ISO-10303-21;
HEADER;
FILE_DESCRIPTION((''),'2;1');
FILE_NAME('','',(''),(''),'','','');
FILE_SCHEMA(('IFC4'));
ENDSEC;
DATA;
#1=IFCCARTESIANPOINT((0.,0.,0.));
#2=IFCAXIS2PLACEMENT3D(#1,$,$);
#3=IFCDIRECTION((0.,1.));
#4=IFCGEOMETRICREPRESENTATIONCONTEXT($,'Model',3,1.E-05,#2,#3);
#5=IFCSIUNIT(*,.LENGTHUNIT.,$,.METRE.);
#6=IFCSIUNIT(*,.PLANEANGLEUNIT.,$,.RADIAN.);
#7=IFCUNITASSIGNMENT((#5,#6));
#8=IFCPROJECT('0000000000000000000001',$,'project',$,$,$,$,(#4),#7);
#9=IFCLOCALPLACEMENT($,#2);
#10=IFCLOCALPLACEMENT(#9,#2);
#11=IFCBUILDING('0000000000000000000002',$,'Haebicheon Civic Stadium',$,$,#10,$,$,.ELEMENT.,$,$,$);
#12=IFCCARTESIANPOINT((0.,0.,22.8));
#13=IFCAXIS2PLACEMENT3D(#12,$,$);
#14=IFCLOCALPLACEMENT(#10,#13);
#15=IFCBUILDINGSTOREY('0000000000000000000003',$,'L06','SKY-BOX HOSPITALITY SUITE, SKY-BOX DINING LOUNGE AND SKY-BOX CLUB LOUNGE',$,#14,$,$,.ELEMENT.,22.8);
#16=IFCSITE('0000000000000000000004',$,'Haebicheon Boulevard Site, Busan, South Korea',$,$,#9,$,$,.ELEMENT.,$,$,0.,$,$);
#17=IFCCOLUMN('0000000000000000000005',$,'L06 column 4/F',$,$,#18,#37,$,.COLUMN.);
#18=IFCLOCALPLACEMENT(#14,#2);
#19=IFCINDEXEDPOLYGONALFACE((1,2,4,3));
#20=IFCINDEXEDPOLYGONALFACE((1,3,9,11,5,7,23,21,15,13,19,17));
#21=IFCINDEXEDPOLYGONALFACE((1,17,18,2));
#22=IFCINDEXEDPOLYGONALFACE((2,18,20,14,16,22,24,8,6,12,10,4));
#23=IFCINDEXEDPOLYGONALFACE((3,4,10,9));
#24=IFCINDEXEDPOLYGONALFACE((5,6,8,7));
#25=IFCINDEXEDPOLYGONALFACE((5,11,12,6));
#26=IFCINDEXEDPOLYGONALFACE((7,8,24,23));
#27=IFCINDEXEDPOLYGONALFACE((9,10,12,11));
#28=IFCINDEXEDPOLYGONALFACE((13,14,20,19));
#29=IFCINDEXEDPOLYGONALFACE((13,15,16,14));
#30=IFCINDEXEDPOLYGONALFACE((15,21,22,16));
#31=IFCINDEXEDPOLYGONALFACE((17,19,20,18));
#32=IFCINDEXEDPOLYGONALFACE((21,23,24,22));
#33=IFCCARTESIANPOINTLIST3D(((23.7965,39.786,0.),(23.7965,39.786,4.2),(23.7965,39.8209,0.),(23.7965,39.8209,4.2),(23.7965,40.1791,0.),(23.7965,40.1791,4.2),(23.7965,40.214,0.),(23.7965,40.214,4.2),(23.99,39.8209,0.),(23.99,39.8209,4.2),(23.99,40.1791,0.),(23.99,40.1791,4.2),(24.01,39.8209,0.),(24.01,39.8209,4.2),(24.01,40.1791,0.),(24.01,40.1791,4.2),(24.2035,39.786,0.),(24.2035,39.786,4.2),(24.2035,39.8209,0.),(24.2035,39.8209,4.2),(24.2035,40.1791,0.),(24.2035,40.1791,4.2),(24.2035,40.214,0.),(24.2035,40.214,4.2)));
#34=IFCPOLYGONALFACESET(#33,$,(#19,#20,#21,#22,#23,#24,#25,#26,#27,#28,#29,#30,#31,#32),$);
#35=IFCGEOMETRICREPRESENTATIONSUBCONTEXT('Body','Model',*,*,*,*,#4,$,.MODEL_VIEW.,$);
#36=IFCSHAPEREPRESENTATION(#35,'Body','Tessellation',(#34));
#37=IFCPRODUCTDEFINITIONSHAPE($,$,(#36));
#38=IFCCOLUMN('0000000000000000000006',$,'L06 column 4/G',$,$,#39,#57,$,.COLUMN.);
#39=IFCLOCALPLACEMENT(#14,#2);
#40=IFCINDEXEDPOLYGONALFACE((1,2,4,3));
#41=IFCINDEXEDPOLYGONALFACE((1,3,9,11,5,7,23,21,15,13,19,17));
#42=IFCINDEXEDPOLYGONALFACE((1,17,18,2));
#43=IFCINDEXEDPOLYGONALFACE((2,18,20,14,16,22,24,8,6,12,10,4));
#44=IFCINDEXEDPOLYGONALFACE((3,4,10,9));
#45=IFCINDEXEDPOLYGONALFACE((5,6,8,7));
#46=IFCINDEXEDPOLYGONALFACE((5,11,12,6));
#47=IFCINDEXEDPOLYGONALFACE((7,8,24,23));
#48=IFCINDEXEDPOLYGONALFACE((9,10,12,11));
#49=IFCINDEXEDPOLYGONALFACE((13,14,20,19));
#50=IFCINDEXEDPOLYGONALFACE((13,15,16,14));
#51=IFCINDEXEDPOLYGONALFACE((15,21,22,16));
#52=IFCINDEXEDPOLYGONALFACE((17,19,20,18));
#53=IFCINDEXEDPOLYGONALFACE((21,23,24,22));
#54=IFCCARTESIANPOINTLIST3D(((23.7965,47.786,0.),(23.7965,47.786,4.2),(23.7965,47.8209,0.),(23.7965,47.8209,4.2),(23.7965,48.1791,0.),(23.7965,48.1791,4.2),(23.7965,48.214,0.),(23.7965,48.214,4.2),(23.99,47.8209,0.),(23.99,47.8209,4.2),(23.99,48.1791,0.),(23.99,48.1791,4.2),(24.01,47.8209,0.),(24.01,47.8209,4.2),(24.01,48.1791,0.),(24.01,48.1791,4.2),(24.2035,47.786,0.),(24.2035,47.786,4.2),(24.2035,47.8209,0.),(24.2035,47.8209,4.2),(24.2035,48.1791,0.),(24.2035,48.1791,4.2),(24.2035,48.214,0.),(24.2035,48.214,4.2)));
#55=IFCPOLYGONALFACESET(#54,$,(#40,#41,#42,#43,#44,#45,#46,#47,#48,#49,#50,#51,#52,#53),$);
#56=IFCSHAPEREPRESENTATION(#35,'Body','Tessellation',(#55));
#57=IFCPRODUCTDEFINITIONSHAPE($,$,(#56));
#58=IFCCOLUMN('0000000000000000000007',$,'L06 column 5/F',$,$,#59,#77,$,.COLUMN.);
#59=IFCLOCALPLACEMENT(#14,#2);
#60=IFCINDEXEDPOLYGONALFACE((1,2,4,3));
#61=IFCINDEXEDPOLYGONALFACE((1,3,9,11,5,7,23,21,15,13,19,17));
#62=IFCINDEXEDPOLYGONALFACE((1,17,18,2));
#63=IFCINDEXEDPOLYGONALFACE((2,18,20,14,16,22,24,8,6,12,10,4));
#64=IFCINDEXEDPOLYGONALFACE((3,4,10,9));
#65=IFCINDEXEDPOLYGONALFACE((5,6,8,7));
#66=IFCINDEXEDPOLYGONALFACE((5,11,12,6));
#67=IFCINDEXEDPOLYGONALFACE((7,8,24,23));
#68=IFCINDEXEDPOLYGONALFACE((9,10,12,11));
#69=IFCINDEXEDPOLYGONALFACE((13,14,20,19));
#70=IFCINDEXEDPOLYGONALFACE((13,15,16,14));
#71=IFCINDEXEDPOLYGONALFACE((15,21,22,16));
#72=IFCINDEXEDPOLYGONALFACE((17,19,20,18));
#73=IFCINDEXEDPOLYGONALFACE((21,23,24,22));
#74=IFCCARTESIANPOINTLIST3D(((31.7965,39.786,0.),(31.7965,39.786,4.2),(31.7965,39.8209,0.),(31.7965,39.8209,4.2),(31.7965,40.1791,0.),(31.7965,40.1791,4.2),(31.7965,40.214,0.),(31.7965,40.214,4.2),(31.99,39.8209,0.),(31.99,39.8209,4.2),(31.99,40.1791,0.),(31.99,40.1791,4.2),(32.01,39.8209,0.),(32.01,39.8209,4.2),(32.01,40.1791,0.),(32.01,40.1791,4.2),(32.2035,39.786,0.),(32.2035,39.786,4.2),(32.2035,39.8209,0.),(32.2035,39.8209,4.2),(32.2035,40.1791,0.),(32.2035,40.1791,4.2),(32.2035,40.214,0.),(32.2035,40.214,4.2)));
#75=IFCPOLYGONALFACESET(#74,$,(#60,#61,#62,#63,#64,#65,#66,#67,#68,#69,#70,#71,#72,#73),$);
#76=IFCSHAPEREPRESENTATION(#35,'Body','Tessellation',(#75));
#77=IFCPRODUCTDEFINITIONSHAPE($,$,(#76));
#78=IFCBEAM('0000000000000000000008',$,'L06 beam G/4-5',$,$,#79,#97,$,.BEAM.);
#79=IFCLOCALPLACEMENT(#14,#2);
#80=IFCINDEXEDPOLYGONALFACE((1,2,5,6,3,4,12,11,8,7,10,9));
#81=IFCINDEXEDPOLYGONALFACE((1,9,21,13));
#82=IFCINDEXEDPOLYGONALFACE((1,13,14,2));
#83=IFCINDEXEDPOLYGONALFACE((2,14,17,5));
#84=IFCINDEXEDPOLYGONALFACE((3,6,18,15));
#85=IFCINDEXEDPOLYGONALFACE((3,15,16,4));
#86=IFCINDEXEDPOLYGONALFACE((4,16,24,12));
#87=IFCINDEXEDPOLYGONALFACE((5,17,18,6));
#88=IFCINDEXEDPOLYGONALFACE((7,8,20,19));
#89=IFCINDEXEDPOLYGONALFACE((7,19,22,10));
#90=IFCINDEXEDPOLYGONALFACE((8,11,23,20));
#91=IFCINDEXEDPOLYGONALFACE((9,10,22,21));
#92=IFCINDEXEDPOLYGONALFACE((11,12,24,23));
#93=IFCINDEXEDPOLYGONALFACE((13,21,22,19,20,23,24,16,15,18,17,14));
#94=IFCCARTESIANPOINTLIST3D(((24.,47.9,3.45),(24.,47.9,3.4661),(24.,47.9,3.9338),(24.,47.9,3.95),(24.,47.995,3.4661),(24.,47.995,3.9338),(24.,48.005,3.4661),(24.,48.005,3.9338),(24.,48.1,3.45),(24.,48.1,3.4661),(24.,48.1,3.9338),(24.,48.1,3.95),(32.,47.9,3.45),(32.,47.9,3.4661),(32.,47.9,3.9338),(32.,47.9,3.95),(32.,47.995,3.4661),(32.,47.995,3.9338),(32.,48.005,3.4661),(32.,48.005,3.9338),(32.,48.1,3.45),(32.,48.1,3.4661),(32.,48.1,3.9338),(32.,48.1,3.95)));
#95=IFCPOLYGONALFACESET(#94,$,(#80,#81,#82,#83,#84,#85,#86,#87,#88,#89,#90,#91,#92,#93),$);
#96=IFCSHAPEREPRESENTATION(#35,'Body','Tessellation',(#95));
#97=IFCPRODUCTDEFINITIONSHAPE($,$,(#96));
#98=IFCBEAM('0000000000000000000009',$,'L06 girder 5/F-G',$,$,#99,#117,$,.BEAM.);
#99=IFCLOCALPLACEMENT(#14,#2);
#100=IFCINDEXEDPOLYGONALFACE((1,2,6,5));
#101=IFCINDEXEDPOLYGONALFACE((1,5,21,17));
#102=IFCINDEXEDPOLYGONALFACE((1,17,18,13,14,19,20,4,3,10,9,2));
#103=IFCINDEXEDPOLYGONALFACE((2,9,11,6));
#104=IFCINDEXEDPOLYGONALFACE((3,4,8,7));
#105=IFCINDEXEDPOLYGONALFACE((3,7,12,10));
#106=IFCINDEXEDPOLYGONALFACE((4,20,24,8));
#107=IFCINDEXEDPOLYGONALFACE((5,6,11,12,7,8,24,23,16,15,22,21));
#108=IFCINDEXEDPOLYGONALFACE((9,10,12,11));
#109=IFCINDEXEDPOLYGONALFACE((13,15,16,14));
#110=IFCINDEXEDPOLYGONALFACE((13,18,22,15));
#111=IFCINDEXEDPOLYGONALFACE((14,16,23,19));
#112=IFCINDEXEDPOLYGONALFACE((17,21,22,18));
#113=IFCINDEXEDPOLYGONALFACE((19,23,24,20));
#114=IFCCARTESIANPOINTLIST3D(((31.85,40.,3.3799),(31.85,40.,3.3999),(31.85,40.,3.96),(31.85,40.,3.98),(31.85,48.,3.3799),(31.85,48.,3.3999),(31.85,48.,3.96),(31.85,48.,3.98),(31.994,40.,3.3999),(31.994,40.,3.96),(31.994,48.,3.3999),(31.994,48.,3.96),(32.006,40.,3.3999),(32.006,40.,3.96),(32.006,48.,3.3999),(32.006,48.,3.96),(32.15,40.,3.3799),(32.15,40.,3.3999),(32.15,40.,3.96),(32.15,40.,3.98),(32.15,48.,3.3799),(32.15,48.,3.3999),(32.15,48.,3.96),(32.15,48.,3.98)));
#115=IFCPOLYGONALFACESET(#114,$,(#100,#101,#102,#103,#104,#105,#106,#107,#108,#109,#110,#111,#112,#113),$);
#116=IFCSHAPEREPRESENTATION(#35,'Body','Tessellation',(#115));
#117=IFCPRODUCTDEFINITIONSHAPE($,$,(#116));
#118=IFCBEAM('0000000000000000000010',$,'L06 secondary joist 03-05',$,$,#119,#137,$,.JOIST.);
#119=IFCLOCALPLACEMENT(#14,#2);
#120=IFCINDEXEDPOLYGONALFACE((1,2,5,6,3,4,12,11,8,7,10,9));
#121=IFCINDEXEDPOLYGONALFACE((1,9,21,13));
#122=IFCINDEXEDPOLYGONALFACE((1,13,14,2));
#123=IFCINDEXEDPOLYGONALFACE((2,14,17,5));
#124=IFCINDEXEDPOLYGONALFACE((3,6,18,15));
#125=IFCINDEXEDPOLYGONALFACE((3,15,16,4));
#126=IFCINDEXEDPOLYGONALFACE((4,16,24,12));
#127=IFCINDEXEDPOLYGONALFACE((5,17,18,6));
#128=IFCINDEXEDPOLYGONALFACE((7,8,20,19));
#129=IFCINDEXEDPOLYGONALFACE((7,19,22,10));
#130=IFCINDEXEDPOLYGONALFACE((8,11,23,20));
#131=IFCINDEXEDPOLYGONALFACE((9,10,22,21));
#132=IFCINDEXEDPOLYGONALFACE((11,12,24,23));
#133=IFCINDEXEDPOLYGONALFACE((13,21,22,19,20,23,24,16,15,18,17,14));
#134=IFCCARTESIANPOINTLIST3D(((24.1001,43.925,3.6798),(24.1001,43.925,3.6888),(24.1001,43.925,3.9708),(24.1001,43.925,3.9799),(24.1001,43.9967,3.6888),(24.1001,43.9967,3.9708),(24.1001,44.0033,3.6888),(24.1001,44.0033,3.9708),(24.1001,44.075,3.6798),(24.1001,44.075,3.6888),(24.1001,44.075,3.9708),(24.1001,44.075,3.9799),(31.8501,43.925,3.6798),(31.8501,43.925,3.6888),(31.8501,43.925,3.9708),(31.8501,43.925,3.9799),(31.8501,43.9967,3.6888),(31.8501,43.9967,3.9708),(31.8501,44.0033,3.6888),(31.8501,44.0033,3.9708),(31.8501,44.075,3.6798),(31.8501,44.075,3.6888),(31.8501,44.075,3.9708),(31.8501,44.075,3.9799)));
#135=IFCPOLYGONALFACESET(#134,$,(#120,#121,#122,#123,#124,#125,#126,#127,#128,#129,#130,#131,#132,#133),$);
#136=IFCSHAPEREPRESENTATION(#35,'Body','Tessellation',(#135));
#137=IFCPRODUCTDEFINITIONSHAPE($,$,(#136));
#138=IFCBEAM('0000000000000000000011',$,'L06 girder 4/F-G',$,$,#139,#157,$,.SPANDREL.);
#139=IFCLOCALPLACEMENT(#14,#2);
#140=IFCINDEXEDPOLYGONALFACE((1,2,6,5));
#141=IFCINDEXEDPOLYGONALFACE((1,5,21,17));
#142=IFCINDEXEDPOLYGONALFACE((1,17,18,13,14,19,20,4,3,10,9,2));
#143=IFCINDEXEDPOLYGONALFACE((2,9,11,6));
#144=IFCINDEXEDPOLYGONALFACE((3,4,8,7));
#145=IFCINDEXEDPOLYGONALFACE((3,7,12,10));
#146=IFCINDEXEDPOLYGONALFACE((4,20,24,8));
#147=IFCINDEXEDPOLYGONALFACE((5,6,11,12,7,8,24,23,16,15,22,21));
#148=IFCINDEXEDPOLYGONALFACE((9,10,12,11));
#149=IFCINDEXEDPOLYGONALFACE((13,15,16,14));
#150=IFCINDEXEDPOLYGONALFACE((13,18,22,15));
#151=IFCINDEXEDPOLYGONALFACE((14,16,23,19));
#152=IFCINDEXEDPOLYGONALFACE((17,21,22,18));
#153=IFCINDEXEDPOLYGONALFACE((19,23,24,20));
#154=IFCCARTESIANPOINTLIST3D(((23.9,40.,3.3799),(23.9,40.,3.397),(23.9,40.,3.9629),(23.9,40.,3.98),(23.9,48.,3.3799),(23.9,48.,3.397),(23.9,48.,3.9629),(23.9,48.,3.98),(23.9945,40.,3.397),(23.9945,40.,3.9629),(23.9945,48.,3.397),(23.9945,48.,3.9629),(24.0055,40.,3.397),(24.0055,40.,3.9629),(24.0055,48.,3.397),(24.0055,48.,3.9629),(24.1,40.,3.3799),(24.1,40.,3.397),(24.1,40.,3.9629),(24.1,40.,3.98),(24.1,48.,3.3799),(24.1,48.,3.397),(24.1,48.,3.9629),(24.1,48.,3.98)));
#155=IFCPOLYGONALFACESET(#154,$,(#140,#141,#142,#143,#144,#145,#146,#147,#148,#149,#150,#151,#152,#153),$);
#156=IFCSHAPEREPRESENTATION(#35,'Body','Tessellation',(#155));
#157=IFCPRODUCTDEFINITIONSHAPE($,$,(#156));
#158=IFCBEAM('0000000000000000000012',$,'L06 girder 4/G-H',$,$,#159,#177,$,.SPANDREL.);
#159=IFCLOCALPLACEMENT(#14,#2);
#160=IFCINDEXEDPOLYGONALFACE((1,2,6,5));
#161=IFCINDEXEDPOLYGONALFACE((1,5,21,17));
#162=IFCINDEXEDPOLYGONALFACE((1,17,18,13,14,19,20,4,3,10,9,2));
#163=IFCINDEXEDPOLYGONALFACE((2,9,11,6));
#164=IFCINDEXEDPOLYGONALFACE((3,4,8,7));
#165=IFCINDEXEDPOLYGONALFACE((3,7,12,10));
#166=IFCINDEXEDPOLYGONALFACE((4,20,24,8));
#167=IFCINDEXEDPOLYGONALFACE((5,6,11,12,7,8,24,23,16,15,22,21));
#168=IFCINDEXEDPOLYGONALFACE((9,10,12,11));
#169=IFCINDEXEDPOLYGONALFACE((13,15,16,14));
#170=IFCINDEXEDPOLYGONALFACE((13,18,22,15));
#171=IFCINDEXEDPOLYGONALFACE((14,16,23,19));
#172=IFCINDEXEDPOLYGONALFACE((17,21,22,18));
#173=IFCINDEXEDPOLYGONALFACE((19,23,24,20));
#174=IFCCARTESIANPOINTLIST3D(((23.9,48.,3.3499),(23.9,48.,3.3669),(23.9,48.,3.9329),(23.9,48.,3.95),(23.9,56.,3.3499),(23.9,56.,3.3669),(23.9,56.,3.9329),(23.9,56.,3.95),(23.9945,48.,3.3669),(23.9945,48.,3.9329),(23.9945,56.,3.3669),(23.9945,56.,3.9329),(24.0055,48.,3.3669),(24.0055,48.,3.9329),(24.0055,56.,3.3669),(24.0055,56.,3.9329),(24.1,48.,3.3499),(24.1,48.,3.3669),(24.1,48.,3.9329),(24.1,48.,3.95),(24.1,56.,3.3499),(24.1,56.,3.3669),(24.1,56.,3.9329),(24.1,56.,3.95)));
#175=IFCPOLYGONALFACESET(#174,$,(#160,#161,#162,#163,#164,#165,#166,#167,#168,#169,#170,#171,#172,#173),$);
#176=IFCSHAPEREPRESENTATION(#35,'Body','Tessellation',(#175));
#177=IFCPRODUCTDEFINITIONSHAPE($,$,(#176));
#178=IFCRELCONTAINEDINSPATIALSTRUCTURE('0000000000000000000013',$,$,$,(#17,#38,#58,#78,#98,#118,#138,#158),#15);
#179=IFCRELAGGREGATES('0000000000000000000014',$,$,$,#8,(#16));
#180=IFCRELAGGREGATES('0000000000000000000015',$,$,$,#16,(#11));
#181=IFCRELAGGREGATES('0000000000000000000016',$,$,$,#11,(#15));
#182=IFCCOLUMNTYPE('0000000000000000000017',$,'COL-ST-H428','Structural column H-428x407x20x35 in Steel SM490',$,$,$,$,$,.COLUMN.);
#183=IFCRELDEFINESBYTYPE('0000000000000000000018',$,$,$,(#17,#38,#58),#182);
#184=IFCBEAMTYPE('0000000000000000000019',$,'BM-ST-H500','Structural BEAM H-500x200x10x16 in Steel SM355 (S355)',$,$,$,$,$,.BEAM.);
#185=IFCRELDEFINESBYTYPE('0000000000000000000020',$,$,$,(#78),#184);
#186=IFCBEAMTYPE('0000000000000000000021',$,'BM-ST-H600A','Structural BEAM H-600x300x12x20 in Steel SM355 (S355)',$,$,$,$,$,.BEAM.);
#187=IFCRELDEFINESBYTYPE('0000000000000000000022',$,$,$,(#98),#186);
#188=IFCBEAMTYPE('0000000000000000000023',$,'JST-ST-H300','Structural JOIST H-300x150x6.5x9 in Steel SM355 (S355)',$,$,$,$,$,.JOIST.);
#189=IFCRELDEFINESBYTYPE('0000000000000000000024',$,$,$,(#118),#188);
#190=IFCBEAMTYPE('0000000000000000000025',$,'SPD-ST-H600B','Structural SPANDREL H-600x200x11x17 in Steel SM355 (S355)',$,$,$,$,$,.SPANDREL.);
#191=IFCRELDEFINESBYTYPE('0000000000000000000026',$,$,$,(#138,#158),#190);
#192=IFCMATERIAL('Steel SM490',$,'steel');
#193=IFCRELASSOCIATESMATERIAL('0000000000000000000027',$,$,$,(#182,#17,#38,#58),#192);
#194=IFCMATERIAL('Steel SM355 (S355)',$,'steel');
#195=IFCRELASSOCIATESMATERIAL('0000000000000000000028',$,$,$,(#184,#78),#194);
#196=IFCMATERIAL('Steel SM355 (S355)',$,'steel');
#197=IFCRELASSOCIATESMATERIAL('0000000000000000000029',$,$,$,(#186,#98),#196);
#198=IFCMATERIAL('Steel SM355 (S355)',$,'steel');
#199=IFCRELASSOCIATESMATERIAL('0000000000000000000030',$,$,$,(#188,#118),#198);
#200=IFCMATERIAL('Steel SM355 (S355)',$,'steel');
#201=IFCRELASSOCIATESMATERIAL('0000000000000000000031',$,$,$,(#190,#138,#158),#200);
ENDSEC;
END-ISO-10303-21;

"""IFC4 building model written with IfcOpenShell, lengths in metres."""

from ifc_helpers import new_model, si_unit, direction, frame, origin, origin_2d, place, context, subcontext, project, spatial, i_section, extrude, material, material_profile, profile_set, type_object, element, save


model = new_model("IFC4")

# Units and contexts
model_context = context("Model", 3, precision=1e-05, world=origin(), true_north=direction((0.0, 1.0)))
body_context = subcontext(model_context, "Body", "Model", "MODEL_VIEW")
ifc_project = project(units=[si_unit("LENGTHUNIT", "METRE"), si_unit("PLANEANGLEUNIT", "RADIAN")], contexts=[model_context])

# Site, building, storey
site_placement = place(None, origin())
site = spatial("IfcSite", under=ifc_project, at=site_placement, Name="Haebicheon Boulevard Site, Busan, South Korea", CompositionType="ELEMENT", RefElevation=0.0)
building_placement = place(site_placement, origin())
building = spatial("IfcBuilding", under=site, at=building_placement, Name="Haebicheon Civic Stadium", CompositionType="ELEMENT")
storey_placement = place(building_placement, frame((0.0, 0.0, 22.8)))
storey = spatial("IfcBuildingStorey", under=building, at=storey_placement, Name="L06", Description="SKY-BOX HOSPITALITY SUITE, SKY-BOX DINING LOUNGE AND SKY-BOX CLUB LOUNGE", CompositionType="ELEMENT", Elevation=22.8)

# Columns
ifc_material_1 = material(Name="Steel SM490", Category="steel")
ifc_material_profile_1 = material_profile(ifc_material_1, i_section(OverallWidth=0.407, OverallDepth=0.428, WebThickness=0.02, FlangeThickness=0.0349, at=origin_2d()), Name="H-428x407x20x35")
ifc_profile_set_1 = profile_set([ifc_material_profile_1], Name="Steel SM490")
column_type = type_object("IfcColumnType", Name="COL-ST-H428", Description="Structural column H-428x407x20x35 in Steel SM490", PredefinedType="COLUMN", material=ifc_profile_set_1)
for number, where, z_axis, x_axis, name in (
    (1, (24.0, 40.0, 0.0), (0.0, 0.0, 1.0), (1.0, 0.0, 0.0), "L06 column 4/F"),
    (2, (24.0, 48.0, 0.0), (0.0, 0.0, 1.0), (1.0, 0.0, 0.0), "L06 column 4/G"),
    (3, (32.0, 40.0, 0.0), (0.0, 0.0, 1.0), (1.0, 0.0, 0.0), "L06 column 5/F"),
):
    element("IfcColumn", number, at=place(storey_placement, frame(where, z_axis=z_axis, x_axis=x_axis)), inside=storey, type_object=column_type, material=ifc_profile_set_1, Name=name, PredefinedType="COLUMN", context=body_context, shape_type="SweptSolid", body=[
        extrude(i_section(OverallWidth=0.407, OverallDepth=0.428, WebThickness=0.02, FlangeThickness=0.0349, at=origin_2d()), origin(), (0.0, 0.0, 1.0), 4.2),
    ])

# Beams
ifc_material_2 = material(Name="Steel SM355 (S355)", Category="steel")
ifc_material_profile_2 = material_profile(ifc_material_2, i_section(OverallWidth=0.2, OverallDepth=0.5, WebThickness=0.01, FlangeThickness=0.0161, at=origin_2d()), Name="H-500x200x10x16")
ifc_profile_set_2 = profile_set([ifc_material_profile_2], Name="Steel SM355 (S355)")
beam_type_1 = type_object("IfcBeamType", Name="BM-ST-H500", Description="Structural BEAM H-500x200x10x16 in Steel SM355 (S355)", PredefinedType="BEAM", material=ifc_profile_set_2)
beam_1_placement = place(storey_placement, frame((24.0, 48.0, 3.7), z_axis=(1.0, 0.0, 0.0), x_axis=(0.0, 1.0, 0.0)))
element("IfcBeam", 4, at=beam_1_placement, inside=storey, type_object=beam_type_1, material=ifc_profile_set_2, Name="L06 beam G/4-5", PredefinedType="BEAM", context=body_context, shape_type="SweptSolid", body=[
    extrude(i_section(OverallWidth=0.2, OverallDepth=0.5, WebThickness=0.01, FlangeThickness=0.0161, at=origin_2d()), origin(), (0.0, 0.0, 1.0), 8.0),
])
ifc_material_3 = material(Name="Steel SM355 (S355)", Category="steel")
ifc_material_profile_3 = material_profile(ifc_material_3, i_section(OverallWidth=0.3, OverallDepth=0.6001, WebThickness=0.012, FlangeThickness=0.02, at=origin_2d()), Name="H-600x300x12x20")
ifc_profile_set_3 = profile_set([ifc_material_profile_3], Name="Steel SM355 (S355)")
beam_type_2 = type_object("IfcBeamType", Name="BM-ST-H600A", Description="Structural BEAM H-600x300x12x20 in Steel SM355 (S355)", PredefinedType="BEAM", material=ifc_profile_set_3)
beam_2_placement = place(storey_placement, frame((32.0, 40.0, 3.6799), z_axis=(0.0, 1.0, 0.0), x_axis=(-1.0, 0.0, 0.0)))
element("IfcBeam", 5, at=beam_2_placement, inside=storey, type_object=beam_type_2, material=ifc_profile_set_3, Name="L06 girder 5/F-G", PredefinedType="BEAM", context=body_context, shape_type="SweptSolid", body=[
    extrude(i_section(OverallWidth=0.3, OverallDepth=0.6001, WebThickness=0.012, FlangeThickness=0.02, at=origin_2d()), origin(), (0.0, 0.0, 1.0), 8.0),
])
ifc_material_4 = material(Name="Steel SM355 (S355)", Category="steel")
ifc_material_profile_4 = material_profile(ifc_material_4, i_section(OverallWidth=0.1499, OverallDepth=0.3, WebThickness=0.0066, FlangeThickness=0.009, at=origin_2d()), Name="H-300x150x6.5x9")
ifc_profile_set_4 = profile_set([ifc_material_profile_4], Name="Steel SM355 (S355)")
beam_type_3 = type_object("IfcBeamType", Name="JST-ST-H300", Description="Structural JOIST H-300x150x6.5x9 in Steel SM355 (S355)", PredefinedType="JOIST", material=ifc_profile_set_4)
beam_3_placement = place(storey_placement, frame((24.1001, 44.0, 3.8298), z_axis=(1.0, 0.0, 0.0), x_axis=(0.0, 1.0, 0.0)))
element("IfcBeam", 6, at=beam_3_placement, inside=storey, type_object=beam_type_3, material=ifc_profile_set_4, Name="L06 secondary joist 03-05", PredefinedType="JOIST", context=body_context, shape_type="SweptSolid", body=[
    extrude(i_section(OverallWidth=0.1499, OverallDepth=0.3, WebThickness=0.0066, FlangeThickness=0.009, at=origin_2d()), origin(), (0.0, 0.0, 1.0), 7.75),
])
ifc_material_5 = material(Name="Steel SM355 (S355)", Category="steel")
ifc_material_profile_5 = material_profile(ifc_material_5, i_section(OverallWidth=0.2, OverallDepth=0.6001, WebThickness=0.011, FlangeThickness=0.0171, at=origin_2d()), Name="H-600x200x11x17")
ifc_profile_set_5 = profile_set([ifc_material_profile_5], Name="Steel SM355 (S355)")
beam_type_4 = type_object("IfcBeamType", Name="SPD-ST-H600B", Description="Structural SPANDREL H-600x200x11x17 in Steel SM355 (S355)", PredefinedType="SPANDREL", material=ifc_profile_set_5)
for number, where, z_axis, x_axis, name in (
    (7, (24.0, 40.0, 3.6799), (0.0, 1.0, 0.0), (-1.0, 0.0, 0.0), "L06 girder 4/F-G"),
    (8, (24.0, 48.0, 3.6499), (0.0, 1.0, 0.0), (-1.0, 0.0, 0.0), "L06 girder 4/G-H"),
):
    element("IfcBeam", number, at=place(storey_placement, frame(where, z_axis=z_axis, x_axis=x_axis)), inside=storey, type_object=beam_type_4, material=ifc_profile_set_5, Name=name, PredefinedType="SPANDREL", context=body_context, shape_type="SweptSolid", body=[
        extrude(i_section(OverallWidth=0.2, OverallDepth=0.6001, WebThickness=0.011, FlangeThickness=0.0171, at=origin_2d()), origin(), (0.0, 0.0, 1.0), 8.0),
    ])

save(model, "model.ifc")
